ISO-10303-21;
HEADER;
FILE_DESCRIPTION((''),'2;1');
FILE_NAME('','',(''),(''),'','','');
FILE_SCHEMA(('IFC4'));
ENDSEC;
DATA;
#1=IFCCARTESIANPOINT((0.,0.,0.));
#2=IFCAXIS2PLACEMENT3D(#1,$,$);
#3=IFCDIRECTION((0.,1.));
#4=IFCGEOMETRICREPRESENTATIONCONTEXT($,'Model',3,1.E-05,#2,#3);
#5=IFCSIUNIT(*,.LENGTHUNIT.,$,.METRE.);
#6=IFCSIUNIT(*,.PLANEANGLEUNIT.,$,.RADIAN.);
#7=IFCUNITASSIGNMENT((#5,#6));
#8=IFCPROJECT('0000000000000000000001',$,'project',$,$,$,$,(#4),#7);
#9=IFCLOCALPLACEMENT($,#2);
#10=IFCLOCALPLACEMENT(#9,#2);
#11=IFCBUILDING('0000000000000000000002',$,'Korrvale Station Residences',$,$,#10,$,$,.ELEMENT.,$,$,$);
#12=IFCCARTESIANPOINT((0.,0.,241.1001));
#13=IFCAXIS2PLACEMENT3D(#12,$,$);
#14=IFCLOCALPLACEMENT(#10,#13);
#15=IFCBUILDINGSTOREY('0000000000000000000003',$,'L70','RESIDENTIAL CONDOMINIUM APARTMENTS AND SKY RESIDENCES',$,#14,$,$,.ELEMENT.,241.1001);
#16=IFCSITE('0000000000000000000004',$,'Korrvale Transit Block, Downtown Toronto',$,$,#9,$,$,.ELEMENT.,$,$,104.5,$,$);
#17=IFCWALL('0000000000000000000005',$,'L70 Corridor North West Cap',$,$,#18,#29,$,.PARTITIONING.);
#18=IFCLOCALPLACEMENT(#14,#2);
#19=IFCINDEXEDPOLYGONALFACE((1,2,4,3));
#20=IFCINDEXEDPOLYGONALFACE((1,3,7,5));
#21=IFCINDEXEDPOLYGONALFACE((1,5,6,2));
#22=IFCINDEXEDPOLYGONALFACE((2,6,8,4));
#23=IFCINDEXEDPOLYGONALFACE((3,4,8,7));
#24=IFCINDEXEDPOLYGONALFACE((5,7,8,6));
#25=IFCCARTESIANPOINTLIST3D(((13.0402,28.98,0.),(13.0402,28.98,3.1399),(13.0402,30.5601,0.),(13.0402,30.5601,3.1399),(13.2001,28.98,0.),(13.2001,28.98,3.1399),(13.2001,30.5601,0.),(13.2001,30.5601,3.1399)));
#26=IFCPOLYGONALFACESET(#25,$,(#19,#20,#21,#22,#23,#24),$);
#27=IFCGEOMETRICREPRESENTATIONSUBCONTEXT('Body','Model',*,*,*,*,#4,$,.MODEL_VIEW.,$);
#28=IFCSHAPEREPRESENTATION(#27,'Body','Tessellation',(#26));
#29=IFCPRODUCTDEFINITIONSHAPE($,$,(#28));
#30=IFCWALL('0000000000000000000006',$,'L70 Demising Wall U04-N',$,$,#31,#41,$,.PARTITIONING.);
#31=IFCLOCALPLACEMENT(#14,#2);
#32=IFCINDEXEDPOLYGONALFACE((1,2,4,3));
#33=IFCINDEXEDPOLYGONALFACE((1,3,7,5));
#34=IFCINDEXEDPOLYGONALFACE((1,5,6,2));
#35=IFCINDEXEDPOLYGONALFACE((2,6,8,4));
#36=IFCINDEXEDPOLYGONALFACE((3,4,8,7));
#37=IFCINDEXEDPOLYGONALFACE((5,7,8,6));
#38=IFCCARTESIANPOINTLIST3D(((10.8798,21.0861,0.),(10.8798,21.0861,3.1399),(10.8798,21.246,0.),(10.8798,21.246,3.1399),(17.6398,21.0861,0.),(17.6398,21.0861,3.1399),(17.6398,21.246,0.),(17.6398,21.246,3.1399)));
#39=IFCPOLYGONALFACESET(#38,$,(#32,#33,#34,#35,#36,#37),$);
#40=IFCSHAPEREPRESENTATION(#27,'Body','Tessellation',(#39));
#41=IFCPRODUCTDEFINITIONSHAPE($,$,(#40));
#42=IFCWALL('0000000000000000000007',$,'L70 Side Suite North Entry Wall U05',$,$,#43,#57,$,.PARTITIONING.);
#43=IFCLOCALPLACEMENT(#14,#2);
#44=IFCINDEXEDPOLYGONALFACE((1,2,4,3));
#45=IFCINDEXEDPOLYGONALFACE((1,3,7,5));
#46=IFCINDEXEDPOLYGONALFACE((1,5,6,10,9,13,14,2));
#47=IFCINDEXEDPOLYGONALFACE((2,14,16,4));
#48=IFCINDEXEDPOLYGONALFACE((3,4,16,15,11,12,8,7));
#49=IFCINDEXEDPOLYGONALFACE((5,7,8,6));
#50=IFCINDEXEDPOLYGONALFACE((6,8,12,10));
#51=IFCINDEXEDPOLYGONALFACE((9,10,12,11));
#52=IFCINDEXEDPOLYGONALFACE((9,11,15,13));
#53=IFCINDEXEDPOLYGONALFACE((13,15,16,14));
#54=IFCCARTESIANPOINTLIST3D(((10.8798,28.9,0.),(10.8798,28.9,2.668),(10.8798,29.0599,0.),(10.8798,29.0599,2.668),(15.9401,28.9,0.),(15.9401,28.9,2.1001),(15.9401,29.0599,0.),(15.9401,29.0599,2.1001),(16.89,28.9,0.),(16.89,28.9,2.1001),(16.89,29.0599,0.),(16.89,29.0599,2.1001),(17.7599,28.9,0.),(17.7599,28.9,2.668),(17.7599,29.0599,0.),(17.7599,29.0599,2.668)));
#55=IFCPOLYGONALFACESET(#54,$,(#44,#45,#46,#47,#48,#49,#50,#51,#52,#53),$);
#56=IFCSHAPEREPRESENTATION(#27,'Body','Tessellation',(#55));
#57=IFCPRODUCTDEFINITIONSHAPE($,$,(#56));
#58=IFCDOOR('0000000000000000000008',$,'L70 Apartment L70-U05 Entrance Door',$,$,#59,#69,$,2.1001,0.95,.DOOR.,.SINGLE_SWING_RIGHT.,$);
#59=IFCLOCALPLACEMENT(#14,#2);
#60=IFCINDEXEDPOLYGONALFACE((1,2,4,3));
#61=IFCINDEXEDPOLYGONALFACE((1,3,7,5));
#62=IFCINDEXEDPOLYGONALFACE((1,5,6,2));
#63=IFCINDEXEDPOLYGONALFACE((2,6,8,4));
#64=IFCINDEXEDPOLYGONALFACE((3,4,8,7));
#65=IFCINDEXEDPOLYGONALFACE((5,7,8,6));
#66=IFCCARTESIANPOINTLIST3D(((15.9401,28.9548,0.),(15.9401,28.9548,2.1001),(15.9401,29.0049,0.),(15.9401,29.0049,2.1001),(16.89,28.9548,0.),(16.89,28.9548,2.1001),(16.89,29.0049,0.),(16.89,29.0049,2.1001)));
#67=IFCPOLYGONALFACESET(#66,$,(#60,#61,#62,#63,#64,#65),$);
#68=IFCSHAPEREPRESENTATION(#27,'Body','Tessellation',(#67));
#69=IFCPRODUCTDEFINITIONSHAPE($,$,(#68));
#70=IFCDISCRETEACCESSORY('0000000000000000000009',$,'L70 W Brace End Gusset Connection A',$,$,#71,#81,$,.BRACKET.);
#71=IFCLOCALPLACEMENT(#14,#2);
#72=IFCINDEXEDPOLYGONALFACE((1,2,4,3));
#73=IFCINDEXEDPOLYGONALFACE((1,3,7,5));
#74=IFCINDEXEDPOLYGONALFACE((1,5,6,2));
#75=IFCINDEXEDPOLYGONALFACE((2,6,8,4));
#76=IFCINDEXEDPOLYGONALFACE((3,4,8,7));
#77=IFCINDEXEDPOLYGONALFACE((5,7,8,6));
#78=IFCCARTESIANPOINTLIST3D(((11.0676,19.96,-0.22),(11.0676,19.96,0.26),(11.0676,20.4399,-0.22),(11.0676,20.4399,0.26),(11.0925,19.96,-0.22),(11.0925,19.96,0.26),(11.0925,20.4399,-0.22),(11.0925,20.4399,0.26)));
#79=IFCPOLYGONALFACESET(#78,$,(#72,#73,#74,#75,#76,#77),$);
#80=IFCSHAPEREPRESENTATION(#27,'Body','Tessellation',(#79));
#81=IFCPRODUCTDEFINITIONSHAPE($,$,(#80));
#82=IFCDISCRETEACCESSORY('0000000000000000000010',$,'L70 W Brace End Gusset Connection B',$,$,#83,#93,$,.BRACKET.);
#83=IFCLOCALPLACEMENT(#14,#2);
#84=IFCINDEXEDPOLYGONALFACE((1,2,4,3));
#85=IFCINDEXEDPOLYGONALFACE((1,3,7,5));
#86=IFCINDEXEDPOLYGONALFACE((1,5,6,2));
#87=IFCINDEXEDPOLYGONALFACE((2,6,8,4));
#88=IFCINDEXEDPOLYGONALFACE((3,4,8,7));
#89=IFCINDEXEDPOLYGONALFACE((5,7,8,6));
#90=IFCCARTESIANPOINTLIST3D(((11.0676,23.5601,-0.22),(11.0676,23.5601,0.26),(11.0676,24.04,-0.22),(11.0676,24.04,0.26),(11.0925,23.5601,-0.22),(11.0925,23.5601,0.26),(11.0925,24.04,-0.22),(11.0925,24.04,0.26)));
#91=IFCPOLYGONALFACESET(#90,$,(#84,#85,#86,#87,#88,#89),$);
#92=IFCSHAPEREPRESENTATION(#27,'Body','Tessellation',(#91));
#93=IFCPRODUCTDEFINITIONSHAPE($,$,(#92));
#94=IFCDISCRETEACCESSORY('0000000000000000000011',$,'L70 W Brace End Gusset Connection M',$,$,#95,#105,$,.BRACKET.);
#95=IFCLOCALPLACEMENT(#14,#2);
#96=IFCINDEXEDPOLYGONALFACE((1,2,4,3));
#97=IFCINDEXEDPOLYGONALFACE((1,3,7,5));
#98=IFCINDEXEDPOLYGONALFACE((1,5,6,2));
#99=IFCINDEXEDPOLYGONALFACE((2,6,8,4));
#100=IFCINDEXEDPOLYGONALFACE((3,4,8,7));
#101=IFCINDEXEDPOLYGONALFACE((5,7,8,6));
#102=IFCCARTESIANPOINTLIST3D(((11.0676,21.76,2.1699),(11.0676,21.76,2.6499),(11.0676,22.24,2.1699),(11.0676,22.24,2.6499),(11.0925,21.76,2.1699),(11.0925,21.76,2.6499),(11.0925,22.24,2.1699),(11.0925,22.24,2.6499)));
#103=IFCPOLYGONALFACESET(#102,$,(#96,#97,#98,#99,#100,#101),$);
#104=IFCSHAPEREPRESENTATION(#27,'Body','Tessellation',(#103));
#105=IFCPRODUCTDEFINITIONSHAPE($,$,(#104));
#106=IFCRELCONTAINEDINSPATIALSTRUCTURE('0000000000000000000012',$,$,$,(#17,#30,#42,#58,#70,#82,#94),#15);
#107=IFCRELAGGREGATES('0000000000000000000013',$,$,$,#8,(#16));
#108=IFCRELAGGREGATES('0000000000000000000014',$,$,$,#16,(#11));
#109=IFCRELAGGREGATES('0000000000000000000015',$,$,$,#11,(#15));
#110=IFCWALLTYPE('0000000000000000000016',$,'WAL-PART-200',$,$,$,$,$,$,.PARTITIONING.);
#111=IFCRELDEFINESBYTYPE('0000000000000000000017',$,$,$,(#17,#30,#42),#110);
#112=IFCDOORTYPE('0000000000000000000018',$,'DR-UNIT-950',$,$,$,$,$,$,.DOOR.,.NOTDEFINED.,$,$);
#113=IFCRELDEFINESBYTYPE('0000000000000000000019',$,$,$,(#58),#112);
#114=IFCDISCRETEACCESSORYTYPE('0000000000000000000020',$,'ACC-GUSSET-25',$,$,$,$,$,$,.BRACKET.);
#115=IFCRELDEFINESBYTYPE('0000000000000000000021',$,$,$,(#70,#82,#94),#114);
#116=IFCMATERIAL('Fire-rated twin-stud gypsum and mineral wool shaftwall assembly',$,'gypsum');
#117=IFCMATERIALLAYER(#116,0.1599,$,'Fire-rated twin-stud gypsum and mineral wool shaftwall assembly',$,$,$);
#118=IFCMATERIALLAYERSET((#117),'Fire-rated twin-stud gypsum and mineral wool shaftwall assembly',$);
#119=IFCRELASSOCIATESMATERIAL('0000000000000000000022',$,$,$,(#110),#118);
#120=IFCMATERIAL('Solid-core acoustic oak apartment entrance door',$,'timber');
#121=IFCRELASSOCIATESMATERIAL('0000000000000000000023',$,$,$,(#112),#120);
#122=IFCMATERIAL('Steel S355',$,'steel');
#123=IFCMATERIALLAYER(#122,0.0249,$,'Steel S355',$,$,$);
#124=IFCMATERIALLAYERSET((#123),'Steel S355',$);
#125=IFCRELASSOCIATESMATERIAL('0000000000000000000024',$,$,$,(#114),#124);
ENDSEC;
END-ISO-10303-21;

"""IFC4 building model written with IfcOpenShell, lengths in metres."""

from ifc_helpers import new_model, si_unit, direction, frame, frame_2d, origin, origin_2d, place, context, subcontext, project, spatial, rectangle, extrude, material, layer, layer_set, type_object, element, fill, save


model = new_model("IFC4")

# Units and contexts
model_context = context("Model", 3, precision=1e-05, world=origin(), true_north=direction((0.0, 1.0)))
body_context = subcontext(model_context, "Body", "Model", "MODEL_VIEW")
ifc_project = project(units=[si_unit("LENGTHUNIT", "METRE"), si_unit("PLANEANGLEUNIT", "RADIAN")], contexts=[model_context])

# Site, building, storey
site_placement = place(None, origin())
site = spatial("IfcSite", under=ifc_project, at=site_placement, Name="Korrvale Transit Block, Downtown Toronto", CompositionType="ELEMENT", RefElevation=104.5)
building_placement = place(site_placement, origin())
building = spatial("IfcBuilding", under=site, at=building_placement, Name="Korrvale Station Residences", CompositionType="ELEMENT")
storey_placement = place(building_placement, frame((0.0, 0.0, 241.1001)))
storey = spatial("IfcBuildingStorey", under=building, at=storey_placement, Name="L70", Description="RESIDENTIAL CONDOMINIUM APARTMENTS AND SKY RESIDENCES", CompositionType="ELEMENT", Elevation=241.1001)

# Shared definitions
ifc_material_1 = material(Name="Steel S355", Category="steel")

# Walls
ifc_material_2 = material(Name="Fire-rated twin-stud gypsum and mineral wool shaftwall assembly", Category="gypsum")
ifc_layer_1 = layer(ifc_material_2, 0.1599, Name="Fire-rated twin-stud gypsum and mineral wool shaftwall assembly")
ifc_layer_set_1 = layer_set([ifc_layer_1], Name="Fire-rated twin-stud gypsum and mineral wool shaftwall assembly")
wall_type_1 = type_object("IfcWallType", Name="WAL-PART-200", PredefinedType="PARTITIONING", material=ifc_layer_set_1)
wall_1_placement = place(storey_placement, frame((13.1201, 28.98, 0.0), z_axis=(0.0, 0.0, 1.0), x_axis=(0.0, 1.0, 0.0)))
element("IfcWall", 1, at=wall_1_placement, inside=storey, type_object=wall_type_1, Name="L70 Corridor North West Cap", PredefinedType="PARTITIONING", context=body_context, shape_type="SweptSolid", body=[
    extrude(rectangle(XDim=1.5801, YDim=0.1599, at=frame_2d((0.79, 0.0))), origin(), (0.0, 0.0, 1.0), 3.1399),
])
wall_2_placement = place(storey_placement, frame((10.8799, 21.166, 0.0), z_axis=(0.0, 0.0, 1.0), x_axis=(1.0, 0.0, 0.0)))
element("IfcWall", 2, at=wall_2_placement, inside=storey, type_object=wall_type_1, Name="L70 Demising Wall U04-N", PredefinedType="PARTITIONING", context=body_context, shape_type="SweptSolid", body=[
    extrude(rectangle(XDim=6.76, YDim=0.1599, at=frame_2d((3.3799, 0.0))), origin(), (0.0, 0.0, 1.0), 3.1399),
])

# Wall, opening, door
wall_3_placement = place(storey_placement, frame((10.8799, 28.98, 0.0), z_axis=(0.0, 0.0, 1.0), x_axis=(1.0, 0.0, 0.0)))
wall_3 = element("IfcWall", 3, at=wall_3_placement, inside=storey, type_object=wall_type_1, Name="L70 Side Suite North Entry Wall U05", PredefinedType="PARTITIONING", context=body_context, shape_type="SweptSolid", body=[
    extrude(rectangle(XDim=6.8801, YDim=0.1599, at=frame_2d((3.4399, 0.0))), origin(), (0.0, 0.0, 1.0), 2.668),
])
opening_1_placement = place(wall_3_placement, frame((5.0601, 0.0, 0.0)))
opening_1 = element("IfcOpeningElement", 4, at=opening_1_placement, cuts=wall_3, PredefinedType="OPENING", context=body_context, shape_type="SweptSolid", body=[
    extrude(rectangle(XDim=0.95, YDim=2.1001, at=frame_2d((0.4751, 1.05))), frame((0.0, 0.0898, 0.0), z_axis=(0.0, -1.0, 0.0), x_axis=(1.0, 0.0, 0.0)), (0.0, 0.0, 1.0), 0.1799),
])
ifc_material_3 = material(Name="Solid-core acoustic oak apartment entrance door", Category="timber")
door_type_1 = type_object("IfcDoorType", Name="DR-UNIT-950", OperationType="NOTDEFINED", PredefinedType="DOOR", material=ifc_material_3)
door_1_placement = place(opening_1_placement, origin())
door_1 = element("IfcDoor", 5, at=door_1_placement, inside=storey, type_object=door_type_1, Name="L70 Apartment L70-U05 Entrance Door", OperationType="SINGLE_SWING_RIGHT", OverallHeight=2.1001, OverallWidth=0.95, PredefinedType="DOOR", context=body_context, shape_type="SweptSolid", body=[
    extrude(rectangle(XDim=0.95, YDim=2.1001, at=frame_2d((0.4751, 1.05))), frame((0.0, 0.0249, 0.0), z_axis=(0.0, -1.0, 0.0), x_axis=(1.0, 0.0, 0.0)), (0.0, 0.0, 1.0), 0.05),
])
fill(opening_1, door_1)

# Discrete accessories
ifc_layer_2 = layer(ifc_material_1, 0.0249, Name="Steel S355")
ifc_layer_set_2 = layer_set([ifc_layer_2], Name="Steel S355")
discrete_accessory_type = type_object("IfcDiscreteAccessoryType", Name="ACC-GUSSET-25", PredefinedType="BRACKET", material=ifc_layer_set_2)
for number, where, z_axis, x_axis, name in (
    (6, (11.0801, 20.2, -0.22), (0.0, 0.0, 1.0), (0.0, 1.0, 0.0), "L70 W Brace End Gusset Connection A"),
    (7, (11.0801, 23.8, -0.22), (0.0, 0.0, 1.0), (0.0, 1.0, 0.0), "L70 W Brace End Gusset Connection B"),
    (8, (11.0801, 22.0, 2.1699), (0.0, 0.0, 1.0), (0.0, 1.0, 0.0), "L70 W Brace End Gusset Connection M"),
):
    element("IfcDiscreteAccessory", number, at=place(storey_placement, frame(where, z_axis=z_axis, x_axis=x_axis)), inside=storey, type_object=discrete_accessory_type, Name=name, PredefinedType="BRACKET", context=body_context, shape_type="SweptSolid", body=[
        extrude(rectangle(XDim=0.48, YDim=0.0249, at=origin_2d()), origin(), (0.0, 0.0, 1.0), 0.48),
    ])

save(model, "model.ifc")
